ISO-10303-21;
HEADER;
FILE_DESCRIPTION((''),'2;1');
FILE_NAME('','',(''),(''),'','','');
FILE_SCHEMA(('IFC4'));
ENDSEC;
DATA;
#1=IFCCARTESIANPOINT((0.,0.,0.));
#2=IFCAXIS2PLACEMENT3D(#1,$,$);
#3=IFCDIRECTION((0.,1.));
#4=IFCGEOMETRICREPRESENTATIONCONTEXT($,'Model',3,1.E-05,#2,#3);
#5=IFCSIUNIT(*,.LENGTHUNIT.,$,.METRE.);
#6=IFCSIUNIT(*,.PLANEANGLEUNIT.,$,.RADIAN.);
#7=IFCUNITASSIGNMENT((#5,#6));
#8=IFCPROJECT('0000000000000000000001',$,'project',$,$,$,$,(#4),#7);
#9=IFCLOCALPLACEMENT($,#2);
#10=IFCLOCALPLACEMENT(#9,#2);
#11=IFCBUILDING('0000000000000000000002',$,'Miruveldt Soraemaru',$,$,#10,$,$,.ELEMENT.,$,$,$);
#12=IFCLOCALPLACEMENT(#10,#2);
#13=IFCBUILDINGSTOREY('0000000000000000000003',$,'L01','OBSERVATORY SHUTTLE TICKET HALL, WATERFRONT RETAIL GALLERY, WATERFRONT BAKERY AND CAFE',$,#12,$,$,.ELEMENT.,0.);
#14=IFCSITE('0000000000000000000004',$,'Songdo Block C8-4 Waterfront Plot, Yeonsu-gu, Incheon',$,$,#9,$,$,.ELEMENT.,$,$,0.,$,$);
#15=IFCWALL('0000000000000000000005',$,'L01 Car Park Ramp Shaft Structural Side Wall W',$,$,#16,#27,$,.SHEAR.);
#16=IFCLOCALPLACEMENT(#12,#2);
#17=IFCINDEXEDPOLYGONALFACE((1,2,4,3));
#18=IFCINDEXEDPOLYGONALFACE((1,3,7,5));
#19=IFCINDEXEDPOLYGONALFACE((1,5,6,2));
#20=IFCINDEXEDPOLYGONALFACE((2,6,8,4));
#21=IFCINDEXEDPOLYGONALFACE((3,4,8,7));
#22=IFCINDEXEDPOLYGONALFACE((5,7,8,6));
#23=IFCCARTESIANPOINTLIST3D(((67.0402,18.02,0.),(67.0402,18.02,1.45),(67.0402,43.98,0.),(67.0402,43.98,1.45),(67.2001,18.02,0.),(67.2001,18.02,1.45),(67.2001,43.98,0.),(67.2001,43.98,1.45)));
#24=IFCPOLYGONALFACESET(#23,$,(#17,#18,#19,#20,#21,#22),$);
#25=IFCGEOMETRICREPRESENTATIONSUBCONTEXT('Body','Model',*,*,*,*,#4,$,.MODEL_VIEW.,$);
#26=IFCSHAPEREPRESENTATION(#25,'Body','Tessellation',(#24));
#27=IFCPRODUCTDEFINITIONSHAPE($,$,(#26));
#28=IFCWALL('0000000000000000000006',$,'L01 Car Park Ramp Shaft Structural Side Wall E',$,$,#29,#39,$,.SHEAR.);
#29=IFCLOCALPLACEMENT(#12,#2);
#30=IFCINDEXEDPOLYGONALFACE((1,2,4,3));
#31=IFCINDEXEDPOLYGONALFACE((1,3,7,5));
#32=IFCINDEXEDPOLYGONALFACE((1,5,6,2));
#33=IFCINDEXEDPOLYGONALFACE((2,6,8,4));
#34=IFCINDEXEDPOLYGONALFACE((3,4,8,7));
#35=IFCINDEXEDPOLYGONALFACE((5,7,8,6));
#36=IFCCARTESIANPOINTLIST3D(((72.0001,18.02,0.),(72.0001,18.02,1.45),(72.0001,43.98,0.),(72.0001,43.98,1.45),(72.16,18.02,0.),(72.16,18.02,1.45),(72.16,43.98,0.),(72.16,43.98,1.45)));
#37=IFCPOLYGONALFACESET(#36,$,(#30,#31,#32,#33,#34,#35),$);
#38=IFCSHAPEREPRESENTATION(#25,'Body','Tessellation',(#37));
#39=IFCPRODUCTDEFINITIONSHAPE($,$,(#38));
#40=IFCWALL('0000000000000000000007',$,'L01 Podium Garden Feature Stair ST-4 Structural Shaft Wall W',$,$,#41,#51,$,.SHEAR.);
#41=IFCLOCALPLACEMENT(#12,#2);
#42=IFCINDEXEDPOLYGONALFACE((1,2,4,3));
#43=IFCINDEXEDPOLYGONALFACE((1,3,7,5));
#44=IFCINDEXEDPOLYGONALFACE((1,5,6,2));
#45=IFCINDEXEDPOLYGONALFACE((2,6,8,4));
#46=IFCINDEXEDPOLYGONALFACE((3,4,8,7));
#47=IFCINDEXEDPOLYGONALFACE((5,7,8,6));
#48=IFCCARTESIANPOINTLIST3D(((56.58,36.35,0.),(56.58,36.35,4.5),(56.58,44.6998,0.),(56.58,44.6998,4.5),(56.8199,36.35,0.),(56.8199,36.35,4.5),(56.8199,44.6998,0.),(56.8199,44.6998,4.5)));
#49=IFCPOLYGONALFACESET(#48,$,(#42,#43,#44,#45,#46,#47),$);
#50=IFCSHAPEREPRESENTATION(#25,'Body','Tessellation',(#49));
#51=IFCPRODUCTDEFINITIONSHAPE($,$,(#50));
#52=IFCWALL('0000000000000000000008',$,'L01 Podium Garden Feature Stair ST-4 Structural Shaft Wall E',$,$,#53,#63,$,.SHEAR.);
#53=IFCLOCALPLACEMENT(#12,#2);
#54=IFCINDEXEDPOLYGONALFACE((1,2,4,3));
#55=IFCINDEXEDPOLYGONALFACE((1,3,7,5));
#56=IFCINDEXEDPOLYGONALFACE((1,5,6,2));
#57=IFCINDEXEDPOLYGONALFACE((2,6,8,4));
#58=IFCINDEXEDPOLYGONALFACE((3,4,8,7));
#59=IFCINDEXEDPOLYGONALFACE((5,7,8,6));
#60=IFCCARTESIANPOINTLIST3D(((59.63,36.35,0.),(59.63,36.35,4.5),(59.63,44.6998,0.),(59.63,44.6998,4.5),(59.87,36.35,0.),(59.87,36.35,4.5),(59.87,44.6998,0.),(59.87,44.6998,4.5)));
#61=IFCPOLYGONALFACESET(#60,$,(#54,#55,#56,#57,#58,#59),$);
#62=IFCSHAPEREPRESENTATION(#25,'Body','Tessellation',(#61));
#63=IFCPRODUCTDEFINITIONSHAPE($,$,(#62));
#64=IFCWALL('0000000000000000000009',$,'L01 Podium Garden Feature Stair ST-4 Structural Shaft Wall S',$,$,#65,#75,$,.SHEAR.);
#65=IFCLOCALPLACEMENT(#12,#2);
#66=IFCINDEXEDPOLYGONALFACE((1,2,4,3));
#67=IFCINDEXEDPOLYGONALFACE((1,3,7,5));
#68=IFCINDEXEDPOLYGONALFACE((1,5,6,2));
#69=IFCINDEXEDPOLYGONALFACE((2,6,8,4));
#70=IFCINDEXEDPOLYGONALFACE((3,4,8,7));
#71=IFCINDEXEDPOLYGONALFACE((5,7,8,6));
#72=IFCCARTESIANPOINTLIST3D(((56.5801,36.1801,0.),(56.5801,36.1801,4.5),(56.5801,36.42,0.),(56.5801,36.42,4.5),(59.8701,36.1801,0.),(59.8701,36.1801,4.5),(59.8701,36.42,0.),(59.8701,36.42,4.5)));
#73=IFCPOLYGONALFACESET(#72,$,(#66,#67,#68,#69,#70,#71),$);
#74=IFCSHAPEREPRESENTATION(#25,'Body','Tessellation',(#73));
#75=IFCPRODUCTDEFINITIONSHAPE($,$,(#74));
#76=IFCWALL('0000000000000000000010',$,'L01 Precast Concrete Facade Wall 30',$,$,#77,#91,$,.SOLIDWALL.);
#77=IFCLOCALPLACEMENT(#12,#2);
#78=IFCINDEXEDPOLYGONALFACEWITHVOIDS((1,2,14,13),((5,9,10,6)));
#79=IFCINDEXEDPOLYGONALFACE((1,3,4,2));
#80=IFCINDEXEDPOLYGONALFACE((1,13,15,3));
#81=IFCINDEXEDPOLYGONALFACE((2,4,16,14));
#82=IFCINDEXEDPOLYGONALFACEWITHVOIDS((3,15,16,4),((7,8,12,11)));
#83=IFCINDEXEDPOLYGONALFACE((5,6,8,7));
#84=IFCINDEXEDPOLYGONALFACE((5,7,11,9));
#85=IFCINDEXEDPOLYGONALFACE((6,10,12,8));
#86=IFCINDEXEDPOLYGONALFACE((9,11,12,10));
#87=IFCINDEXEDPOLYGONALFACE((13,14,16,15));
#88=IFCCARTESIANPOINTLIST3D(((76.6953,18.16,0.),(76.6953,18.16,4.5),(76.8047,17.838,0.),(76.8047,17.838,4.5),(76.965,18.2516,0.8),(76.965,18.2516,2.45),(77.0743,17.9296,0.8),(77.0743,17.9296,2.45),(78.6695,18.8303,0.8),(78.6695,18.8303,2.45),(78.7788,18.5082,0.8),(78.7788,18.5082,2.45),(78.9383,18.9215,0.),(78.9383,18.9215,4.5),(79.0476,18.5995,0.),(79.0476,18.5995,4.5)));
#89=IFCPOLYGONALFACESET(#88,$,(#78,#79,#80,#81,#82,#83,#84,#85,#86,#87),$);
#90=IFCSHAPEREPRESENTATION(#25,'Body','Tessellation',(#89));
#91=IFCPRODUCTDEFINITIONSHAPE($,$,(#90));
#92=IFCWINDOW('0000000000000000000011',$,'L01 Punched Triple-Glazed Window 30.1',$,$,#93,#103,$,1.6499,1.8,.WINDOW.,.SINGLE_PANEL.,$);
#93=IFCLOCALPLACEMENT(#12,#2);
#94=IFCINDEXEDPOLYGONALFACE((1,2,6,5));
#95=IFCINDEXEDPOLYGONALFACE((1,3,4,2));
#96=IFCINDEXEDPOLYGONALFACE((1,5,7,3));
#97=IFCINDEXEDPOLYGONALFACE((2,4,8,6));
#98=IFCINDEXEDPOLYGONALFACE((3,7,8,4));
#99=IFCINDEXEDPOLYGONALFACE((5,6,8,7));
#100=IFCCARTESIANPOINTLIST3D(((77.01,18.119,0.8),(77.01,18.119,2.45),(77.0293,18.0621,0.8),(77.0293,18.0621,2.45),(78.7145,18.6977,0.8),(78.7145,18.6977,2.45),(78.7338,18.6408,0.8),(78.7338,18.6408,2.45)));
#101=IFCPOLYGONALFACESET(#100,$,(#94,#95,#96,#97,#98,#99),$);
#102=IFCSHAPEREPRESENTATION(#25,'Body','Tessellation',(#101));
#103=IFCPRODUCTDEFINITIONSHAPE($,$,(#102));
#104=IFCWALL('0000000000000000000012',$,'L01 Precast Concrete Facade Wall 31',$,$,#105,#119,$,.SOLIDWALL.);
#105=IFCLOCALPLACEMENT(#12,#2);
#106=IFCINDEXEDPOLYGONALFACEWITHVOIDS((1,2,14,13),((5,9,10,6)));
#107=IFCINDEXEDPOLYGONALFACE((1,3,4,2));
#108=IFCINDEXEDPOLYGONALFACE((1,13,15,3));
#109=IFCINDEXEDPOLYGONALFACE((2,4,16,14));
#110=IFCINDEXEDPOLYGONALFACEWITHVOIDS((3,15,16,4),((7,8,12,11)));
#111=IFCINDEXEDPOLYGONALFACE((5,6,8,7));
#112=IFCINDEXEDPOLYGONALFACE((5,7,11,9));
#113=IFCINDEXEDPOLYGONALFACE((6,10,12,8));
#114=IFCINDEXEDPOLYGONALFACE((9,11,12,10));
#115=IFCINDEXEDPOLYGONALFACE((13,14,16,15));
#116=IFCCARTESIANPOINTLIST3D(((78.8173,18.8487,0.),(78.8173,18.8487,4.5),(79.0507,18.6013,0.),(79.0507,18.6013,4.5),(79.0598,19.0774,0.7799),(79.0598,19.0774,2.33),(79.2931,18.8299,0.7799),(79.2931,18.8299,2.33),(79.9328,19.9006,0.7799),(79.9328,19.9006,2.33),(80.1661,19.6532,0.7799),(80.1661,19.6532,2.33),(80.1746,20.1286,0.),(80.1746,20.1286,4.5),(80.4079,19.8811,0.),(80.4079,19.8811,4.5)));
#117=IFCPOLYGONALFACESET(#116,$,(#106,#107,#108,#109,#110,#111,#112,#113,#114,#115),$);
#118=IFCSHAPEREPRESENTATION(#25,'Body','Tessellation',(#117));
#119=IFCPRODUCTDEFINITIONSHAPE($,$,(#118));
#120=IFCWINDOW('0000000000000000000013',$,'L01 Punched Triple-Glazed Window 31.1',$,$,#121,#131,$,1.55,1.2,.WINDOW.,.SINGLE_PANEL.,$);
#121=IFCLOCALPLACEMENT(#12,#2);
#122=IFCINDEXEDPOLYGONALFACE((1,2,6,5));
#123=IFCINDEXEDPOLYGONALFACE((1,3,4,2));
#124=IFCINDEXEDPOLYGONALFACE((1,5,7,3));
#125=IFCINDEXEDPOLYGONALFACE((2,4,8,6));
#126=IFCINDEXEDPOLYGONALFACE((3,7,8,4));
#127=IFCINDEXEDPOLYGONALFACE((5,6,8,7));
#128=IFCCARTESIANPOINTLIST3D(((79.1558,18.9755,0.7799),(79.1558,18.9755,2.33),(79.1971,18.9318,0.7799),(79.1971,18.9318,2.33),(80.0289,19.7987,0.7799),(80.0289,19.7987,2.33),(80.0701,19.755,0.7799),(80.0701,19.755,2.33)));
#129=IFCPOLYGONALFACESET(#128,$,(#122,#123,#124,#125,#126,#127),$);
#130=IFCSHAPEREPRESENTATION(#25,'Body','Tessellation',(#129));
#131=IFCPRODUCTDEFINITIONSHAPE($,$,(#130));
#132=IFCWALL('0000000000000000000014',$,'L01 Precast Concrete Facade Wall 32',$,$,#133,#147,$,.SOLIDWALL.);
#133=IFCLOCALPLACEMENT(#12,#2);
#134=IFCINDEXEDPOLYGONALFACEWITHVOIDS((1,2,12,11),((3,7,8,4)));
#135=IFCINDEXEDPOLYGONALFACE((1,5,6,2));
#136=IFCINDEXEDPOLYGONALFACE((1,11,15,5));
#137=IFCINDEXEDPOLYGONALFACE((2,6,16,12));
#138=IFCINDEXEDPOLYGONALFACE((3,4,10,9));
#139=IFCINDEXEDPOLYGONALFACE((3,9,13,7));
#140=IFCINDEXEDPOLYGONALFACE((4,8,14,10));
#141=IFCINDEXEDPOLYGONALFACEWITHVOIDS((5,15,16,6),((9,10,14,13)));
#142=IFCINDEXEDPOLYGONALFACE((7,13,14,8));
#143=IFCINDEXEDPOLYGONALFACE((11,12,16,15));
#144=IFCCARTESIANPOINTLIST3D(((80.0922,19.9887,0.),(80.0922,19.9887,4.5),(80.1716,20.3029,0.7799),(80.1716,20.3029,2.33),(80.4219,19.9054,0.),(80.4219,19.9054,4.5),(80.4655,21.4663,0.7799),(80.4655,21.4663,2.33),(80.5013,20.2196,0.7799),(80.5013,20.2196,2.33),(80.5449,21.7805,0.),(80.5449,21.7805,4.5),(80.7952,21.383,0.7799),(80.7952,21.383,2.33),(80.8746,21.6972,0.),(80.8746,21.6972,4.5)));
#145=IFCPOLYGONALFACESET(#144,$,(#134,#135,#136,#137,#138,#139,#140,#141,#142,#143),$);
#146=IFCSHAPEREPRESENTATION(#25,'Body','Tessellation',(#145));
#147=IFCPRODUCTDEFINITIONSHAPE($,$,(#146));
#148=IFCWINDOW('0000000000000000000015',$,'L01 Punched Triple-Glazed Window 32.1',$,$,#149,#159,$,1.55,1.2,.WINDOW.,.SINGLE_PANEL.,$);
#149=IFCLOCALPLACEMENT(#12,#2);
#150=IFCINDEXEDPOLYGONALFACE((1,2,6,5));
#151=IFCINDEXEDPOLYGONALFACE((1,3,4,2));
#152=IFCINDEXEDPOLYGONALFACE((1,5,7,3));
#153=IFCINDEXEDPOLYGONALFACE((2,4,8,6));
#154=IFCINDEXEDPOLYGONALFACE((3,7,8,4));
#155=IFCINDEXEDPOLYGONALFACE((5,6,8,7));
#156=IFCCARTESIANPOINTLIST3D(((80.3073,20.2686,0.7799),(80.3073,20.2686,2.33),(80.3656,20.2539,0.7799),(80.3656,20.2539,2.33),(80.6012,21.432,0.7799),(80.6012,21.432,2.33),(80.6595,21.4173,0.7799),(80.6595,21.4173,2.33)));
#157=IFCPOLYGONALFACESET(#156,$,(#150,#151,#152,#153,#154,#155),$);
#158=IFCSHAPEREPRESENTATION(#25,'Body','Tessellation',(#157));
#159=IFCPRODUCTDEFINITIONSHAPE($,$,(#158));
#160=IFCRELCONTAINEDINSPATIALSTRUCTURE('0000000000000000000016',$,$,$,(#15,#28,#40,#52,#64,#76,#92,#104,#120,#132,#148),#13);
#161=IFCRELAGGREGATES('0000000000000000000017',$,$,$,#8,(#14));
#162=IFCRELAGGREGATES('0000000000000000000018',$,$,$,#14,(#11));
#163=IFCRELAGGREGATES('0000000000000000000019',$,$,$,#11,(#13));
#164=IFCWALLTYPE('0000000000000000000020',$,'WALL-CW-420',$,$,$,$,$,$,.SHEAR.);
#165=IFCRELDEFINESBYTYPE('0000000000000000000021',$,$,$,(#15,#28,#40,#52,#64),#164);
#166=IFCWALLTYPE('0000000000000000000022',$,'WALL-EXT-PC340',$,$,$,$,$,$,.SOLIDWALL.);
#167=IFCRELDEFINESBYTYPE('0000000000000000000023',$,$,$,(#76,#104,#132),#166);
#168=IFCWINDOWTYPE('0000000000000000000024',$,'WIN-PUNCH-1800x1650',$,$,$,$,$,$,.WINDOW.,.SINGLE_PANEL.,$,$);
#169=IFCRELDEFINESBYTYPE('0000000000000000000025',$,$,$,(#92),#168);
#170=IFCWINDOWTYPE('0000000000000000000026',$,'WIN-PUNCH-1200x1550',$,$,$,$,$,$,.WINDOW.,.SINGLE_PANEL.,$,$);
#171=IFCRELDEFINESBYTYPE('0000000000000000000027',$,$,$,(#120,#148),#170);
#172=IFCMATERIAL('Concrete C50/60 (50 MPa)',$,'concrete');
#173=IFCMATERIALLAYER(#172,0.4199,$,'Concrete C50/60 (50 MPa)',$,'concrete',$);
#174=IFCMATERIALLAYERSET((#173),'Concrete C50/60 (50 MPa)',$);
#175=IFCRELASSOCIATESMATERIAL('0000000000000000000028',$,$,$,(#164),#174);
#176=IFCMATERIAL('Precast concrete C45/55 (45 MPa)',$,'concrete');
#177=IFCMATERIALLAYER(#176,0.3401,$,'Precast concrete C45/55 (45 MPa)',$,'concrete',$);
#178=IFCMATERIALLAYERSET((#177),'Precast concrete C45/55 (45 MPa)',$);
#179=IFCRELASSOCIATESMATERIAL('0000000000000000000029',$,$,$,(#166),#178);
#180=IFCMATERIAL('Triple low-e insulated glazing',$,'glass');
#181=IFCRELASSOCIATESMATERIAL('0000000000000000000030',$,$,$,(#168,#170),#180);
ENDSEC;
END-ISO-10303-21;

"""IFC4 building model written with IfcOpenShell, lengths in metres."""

from ifc_helpers import new_model, si_unit, direction, frame, frame_2d, origin, place, context, subcontext, project, spatial, rectangle, extrude, material, layer, layer_set, type_object, element, fill, save


model = new_model("IFC4")

# Units and contexts
model_context = context("Model", 3, precision=1e-05, world=origin(), true_north=direction((0.0, 1.0)))
body_context = subcontext(model_context, "Body", "Model", "MODEL_VIEW")
ifc_project = project(units=[si_unit("LENGTHUNIT", "METRE"), si_unit("PLANEANGLEUNIT", "RADIAN")], contexts=[model_context])

# Site, building, storey
site_placement = place(None, origin())
site = spatial("IfcSite", under=ifc_project, at=site_placement, Name="Songdo Block C8-4 Waterfront Plot, Yeonsu-gu, Incheon", CompositionType="ELEMENT", RefElevation=0.0)
building_placement = place(site_placement, origin())
building = spatial("IfcBuilding", under=site, at=building_placement, Name="Miruveldt Soraemaru", CompositionType="ELEMENT")
storey_placement = place(building_placement, origin())
storey = spatial("IfcBuildingStorey", under=building, at=storey_placement, Name="L01", Description="OBSERVATORY SHUTTLE TICKET HALL, WATERFRONT RETAIL GALLERY, WATERFRONT BAKERY AND CAFE", CompositionType="ELEMENT", Elevation=0.0)

# Shared definitions
ifc_material_1 = material(Name="Concrete C50/60 (50 MPa)", Category="concrete")

# Walls
ifc_layer_1 = layer(ifc_material_1, 0.4199, Name="Concrete C50/60 (50 MPa)", Category="concrete")
ifc_layer_set_1 = layer_set([ifc_layer_1], Name="Concrete C50/60 (50 MPa)")
wall_type_1 = type_object("IfcWallType", Name="WALL-CW-420", PredefinedType="SHEAR", material=ifc_layer_set_1)
for number, where, z_axis, x_axis, name in (
    (1, (67.1201, 18.02, 0.0), (0.0, 0.0, 1.0), (0.0, 1.0, 0.0), "L01 Car Park Ramp Shaft Structural Side Wall W"),
    (2, (72.0801, 18.02, 0.0), (0.0, 0.0, 1.0), (0.0, 1.0, 0.0), "L01 Car Park Ramp Shaft Structural Side Wall E"),
):
    element("IfcWall", number, at=place(storey_placement, frame(where, z_axis=z_axis, x_axis=x_axis)), inside=storey, type_object=wall_type_1, Name=name, PredefinedType="SHEAR", context=body_context, shape_type="SweptSolid", body=[
        extrude(rectangle(XDim=25.96, YDim=0.1599, at=frame_2d((12.98, 0.0))), origin(), (0.0, 0.0, 1.0), 1.45),
    ])
for number, where, z_axis, x_axis, name in (
    (3, (56.7, 36.3501, 0.0), (0.0, 0.0, 1.0), (0.0, 1.0, 0.0), "L01 Podium Garden Feature Stair ST-4 Structural Shaft Wall W"),
    (4, (59.75, 36.3501, 0.0), (0.0, 0.0, 1.0), (0.0, 1.0, 0.0), "L01 Podium Garden Feature Stair ST-4 Structural Shaft Wall E"),
):
    element("IfcWall", number, at=place(storey_placement, frame(where, z_axis=z_axis, x_axis=x_axis)), inside=storey, type_object=wall_type_1, Name=name, PredefinedType="SHEAR", context=body_context, shape_type="SweptSolid", body=[
        extrude(rectangle(XDim=8.3499, YDim=0.24, at=frame_2d((4.1748, 0.0))), origin(), (0.0, 0.0, 1.0), 4.5),
    ])
wall_1_placement = place(storey_placement, frame((56.5801, 36.3, 0.0), z_axis=(0.0, 0.0, 1.0), x_axis=(1.0, 0.0, 0.0)))
element("IfcWall", 5, at=wall_1_placement, inside=storey, type_object=wall_type_1, Name="L01 Podium Garden Feature Stair ST-4 Structural Shaft Wall S", PredefinedType="SHEAR", context=body_context, shape_type="SweptSolid", body=[
    extrude(rectangle(XDim=3.29, YDim=0.24, at=frame_2d((1.645, 0.0))), origin(), (0.0, 0.0, 1.0), 4.5),
])

# Walls, openings, windows
ifc_material_2 = material(Name="Precast concrete C45/55 (45 MPa)", Category="concrete")
ifc_layer_2 = layer(ifc_material_2, 0.3401, Name="Precast concrete C45/55 (45 MPa)", Category="concrete")
ifc_layer_set_2 = layer_set([ifc_layer_2], Name="Precast concrete C45/55 (45 MPa)")
wall_type_2 = type_object("IfcWallType", Name="WALL-EXT-PC340", PredefinedType="SOLIDWALL", material=ifc_layer_set_2)
wall_2_placement = place(storey_placement, frame((76.75, 17.999, 0.0), z_axis=(0.0, 0.0, 1.0), x_axis=(0.946917, 0.32148, 0.0)))
wall_2 = element("IfcWall", 6, at=wall_2_placement, inside=storey, type_object=wall_type_2, Name="L01 Precast Concrete Facade Wall 30", PredefinedType="SOLIDWALL", context=body_context, shape_type="SweptSolid", body=[
    extrude(rectangle(XDim=2.3687, YDim=0.3401, at=frame_2d((1.1843, 0.0))), origin(), (0.0, 0.0, 1.0), 4.5),
])
opening_1_placement = place(wall_2_placement, frame((0.2849, 0.0, 0.8)))
opening_1 = element("IfcOpeningElement", 7, at=opening_1_placement, cuts=wall_2, PredefinedType="OPENING", context=body_context, shape_type="SweptSolid", body=[
    extrude(rectangle(XDim=1.8, YDim=1.6499, at=frame_2d((0.8999, 0.825))), frame((0.0, 0.1802, 0.0), z_axis=(0.0, -1.0, 0.0), x_axis=(1.0, 0.0, 0.0)), (0.0, 0.0, 1.0), 0.3601),
])
ifc_material_3 = material(Name="Triple low-e insulated glazing", Category="glass")
window_type_1 = type_object("IfcWindowType", Name="WIN-PUNCH-1800x1650", PartitioningType="SINGLE_PANEL", PredefinedType="WINDOW", material=ifc_material_3)
window_1_placement = place(opening_1_placement, origin())
window_1 = element("IfcWindow", 8, at=window_1_placement, inside=storey, type_object=window_type_1, Name="L01 Punched Triple-Glazed Window 30.1", OverallHeight=1.6499, OverallWidth=1.8, PartitioningType="SINGLE_PANEL", PredefinedType="WINDOW", context=body_context, shape_type="SweptSolid", body=[
    extrude(rectangle(XDim=1.8, YDim=1.6499, at=frame_2d((0.8999, 0.825))), frame((0.0, 0.03, 0.0), z_axis=(0.0, -1.0, 0.0), x_axis=(1.0, 0.0, 0.0)), (0.0, 0.0, 1.0), 0.0601),
])
fill(opening_1, window_1)
wall_3_placement = place(storey_placement, frame((78.9341, 18.7251, 0.0), z_axis=(0.0, 0.0, 1.0), x_axis=(0.727546, 0.686058, 0.0)))
wall_3 = element("IfcWall", 9, at=wall_3_placement, inside=storey, type_object=wall_type_2, Name="L01 Precast Concrete Facade Wall 31", PredefinedType="SOLIDWALL", context=body_context, shape_type="SweptSolid", body=[
    extrude(rectangle(XDim=1.8655, YDim=0.3401, at=frame_2d((0.9326, 0.0))), origin(), (0.0, 0.0, 1.0), 4.5),
])
opening_2_placement = place(wall_3_placement, frame((0.333, 0.0, 0.78)))
opening_2 = element("IfcOpeningElement", 10, at=opening_2_placement, cuts=wall_3, PredefinedType="OPENING", context=body_context, shape_type="SweptSolid", body=[
    extrude(rectangle(XDim=1.2, YDim=1.55, at=frame_2d((0.6001, 0.7749))), frame((0.0, 0.1802, 0.0), z_axis=(0.0, -1.0, 0.0), x_axis=(1.0, 0.0, 0.0)), (0.0, 0.0, 1.0), 0.3601),
])
window_type_2 = type_object("IfcWindowType", Name="WIN-PUNCH-1200x1550", PartitioningType="SINGLE_PANEL", PredefinedType="WINDOW", material=ifc_material_3)
window_2_placement = place(opening_2_placement, origin())
window_2 = element("IfcWindow", 11, at=window_2_placement, inside=storey, type_object=window_type_2, Name="L01 Punched Triple-Glazed Window 31.1", OverallHeight=1.55, OverallWidth=1.2, PartitioningType="SINGLE_PANEL", PredefinedType="WINDOW", context=body_context, shape_type="SweptSolid", body=[
    extrude(rectangle(XDim=1.2, YDim=1.55, at=frame_2d((0.6001, 0.7749))), frame((0.0, 0.03, 0.0), z_axis=(0.0, -1.0, 0.0), x_axis=(1.0, 0.0, 0.0)), (0.0, 0.0, 1.0), 0.0601),
])
fill(opening_2, window_2)
wall_4_placement = place(storey_placement, frame((80.2571, 19.947, 0.0), z_axis=(0.0, 0.0, 1.0), x_axis=(0.244928, 0.969541, 0.0)))
wall_4 = element("IfcWall", 12, at=wall_4_placement, inside=storey, type_object=wall_type_2, Name="L01 Precast Concrete Facade Wall 32", PredefinedType="SOLIDWALL", context=body_context, shape_type="SweptSolid", body=[
    extrude(rectangle(XDim=1.8481, YDim=0.3401, at=frame_2d((0.9241, 0.0))), origin(), (0.0, 0.0, 1.0), 4.5),
])
opening_3_placement = place(wall_4_placement, frame((0.324, 0.0, 0.78)))
opening_3 = element("IfcOpeningElement", 13, at=opening_3_placement, cuts=wall_4, PredefinedType="OPENING", context=body_context, shape_type="SweptSolid", body=[
    extrude(rectangle(XDim=1.2, YDim=1.55, at=frame_2d((0.6001, 0.7749))), frame((0.0, 0.1802, 0.0), z_axis=(0.0, -1.0, 0.0), x_axis=(1.0, 0.0, 0.0)), (0.0, 0.0, 1.0), 0.3601),
])
window_3_placement = place(opening_3_placement, origin())
window_3 = element("IfcWindow", 14, at=window_3_placement, inside=storey, type_object=window_type_2, Name="L01 Punched Triple-Glazed Window 32.1", OverallHeight=1.55, OverallWidth=1.2, PartitioningType="SINGLE_PANEL", PredefinedType="WINDOW", context=body_context, shape_type="SweptSolid", body=[
    extrude(rectangle(XDim=1.2, YDim=1.55, at=frame_2d((0.6001, 0.7749))), frame((0.0, 0.03, 0.0), z_axis=(0.0, -1.0, 0.0), x_axis=(1.0, 0.0, 0.0)), (0.0, 0.0, 1.0), 0.0601),
])
fill(opening_3, window_3)

save(model, "model.ifc")
